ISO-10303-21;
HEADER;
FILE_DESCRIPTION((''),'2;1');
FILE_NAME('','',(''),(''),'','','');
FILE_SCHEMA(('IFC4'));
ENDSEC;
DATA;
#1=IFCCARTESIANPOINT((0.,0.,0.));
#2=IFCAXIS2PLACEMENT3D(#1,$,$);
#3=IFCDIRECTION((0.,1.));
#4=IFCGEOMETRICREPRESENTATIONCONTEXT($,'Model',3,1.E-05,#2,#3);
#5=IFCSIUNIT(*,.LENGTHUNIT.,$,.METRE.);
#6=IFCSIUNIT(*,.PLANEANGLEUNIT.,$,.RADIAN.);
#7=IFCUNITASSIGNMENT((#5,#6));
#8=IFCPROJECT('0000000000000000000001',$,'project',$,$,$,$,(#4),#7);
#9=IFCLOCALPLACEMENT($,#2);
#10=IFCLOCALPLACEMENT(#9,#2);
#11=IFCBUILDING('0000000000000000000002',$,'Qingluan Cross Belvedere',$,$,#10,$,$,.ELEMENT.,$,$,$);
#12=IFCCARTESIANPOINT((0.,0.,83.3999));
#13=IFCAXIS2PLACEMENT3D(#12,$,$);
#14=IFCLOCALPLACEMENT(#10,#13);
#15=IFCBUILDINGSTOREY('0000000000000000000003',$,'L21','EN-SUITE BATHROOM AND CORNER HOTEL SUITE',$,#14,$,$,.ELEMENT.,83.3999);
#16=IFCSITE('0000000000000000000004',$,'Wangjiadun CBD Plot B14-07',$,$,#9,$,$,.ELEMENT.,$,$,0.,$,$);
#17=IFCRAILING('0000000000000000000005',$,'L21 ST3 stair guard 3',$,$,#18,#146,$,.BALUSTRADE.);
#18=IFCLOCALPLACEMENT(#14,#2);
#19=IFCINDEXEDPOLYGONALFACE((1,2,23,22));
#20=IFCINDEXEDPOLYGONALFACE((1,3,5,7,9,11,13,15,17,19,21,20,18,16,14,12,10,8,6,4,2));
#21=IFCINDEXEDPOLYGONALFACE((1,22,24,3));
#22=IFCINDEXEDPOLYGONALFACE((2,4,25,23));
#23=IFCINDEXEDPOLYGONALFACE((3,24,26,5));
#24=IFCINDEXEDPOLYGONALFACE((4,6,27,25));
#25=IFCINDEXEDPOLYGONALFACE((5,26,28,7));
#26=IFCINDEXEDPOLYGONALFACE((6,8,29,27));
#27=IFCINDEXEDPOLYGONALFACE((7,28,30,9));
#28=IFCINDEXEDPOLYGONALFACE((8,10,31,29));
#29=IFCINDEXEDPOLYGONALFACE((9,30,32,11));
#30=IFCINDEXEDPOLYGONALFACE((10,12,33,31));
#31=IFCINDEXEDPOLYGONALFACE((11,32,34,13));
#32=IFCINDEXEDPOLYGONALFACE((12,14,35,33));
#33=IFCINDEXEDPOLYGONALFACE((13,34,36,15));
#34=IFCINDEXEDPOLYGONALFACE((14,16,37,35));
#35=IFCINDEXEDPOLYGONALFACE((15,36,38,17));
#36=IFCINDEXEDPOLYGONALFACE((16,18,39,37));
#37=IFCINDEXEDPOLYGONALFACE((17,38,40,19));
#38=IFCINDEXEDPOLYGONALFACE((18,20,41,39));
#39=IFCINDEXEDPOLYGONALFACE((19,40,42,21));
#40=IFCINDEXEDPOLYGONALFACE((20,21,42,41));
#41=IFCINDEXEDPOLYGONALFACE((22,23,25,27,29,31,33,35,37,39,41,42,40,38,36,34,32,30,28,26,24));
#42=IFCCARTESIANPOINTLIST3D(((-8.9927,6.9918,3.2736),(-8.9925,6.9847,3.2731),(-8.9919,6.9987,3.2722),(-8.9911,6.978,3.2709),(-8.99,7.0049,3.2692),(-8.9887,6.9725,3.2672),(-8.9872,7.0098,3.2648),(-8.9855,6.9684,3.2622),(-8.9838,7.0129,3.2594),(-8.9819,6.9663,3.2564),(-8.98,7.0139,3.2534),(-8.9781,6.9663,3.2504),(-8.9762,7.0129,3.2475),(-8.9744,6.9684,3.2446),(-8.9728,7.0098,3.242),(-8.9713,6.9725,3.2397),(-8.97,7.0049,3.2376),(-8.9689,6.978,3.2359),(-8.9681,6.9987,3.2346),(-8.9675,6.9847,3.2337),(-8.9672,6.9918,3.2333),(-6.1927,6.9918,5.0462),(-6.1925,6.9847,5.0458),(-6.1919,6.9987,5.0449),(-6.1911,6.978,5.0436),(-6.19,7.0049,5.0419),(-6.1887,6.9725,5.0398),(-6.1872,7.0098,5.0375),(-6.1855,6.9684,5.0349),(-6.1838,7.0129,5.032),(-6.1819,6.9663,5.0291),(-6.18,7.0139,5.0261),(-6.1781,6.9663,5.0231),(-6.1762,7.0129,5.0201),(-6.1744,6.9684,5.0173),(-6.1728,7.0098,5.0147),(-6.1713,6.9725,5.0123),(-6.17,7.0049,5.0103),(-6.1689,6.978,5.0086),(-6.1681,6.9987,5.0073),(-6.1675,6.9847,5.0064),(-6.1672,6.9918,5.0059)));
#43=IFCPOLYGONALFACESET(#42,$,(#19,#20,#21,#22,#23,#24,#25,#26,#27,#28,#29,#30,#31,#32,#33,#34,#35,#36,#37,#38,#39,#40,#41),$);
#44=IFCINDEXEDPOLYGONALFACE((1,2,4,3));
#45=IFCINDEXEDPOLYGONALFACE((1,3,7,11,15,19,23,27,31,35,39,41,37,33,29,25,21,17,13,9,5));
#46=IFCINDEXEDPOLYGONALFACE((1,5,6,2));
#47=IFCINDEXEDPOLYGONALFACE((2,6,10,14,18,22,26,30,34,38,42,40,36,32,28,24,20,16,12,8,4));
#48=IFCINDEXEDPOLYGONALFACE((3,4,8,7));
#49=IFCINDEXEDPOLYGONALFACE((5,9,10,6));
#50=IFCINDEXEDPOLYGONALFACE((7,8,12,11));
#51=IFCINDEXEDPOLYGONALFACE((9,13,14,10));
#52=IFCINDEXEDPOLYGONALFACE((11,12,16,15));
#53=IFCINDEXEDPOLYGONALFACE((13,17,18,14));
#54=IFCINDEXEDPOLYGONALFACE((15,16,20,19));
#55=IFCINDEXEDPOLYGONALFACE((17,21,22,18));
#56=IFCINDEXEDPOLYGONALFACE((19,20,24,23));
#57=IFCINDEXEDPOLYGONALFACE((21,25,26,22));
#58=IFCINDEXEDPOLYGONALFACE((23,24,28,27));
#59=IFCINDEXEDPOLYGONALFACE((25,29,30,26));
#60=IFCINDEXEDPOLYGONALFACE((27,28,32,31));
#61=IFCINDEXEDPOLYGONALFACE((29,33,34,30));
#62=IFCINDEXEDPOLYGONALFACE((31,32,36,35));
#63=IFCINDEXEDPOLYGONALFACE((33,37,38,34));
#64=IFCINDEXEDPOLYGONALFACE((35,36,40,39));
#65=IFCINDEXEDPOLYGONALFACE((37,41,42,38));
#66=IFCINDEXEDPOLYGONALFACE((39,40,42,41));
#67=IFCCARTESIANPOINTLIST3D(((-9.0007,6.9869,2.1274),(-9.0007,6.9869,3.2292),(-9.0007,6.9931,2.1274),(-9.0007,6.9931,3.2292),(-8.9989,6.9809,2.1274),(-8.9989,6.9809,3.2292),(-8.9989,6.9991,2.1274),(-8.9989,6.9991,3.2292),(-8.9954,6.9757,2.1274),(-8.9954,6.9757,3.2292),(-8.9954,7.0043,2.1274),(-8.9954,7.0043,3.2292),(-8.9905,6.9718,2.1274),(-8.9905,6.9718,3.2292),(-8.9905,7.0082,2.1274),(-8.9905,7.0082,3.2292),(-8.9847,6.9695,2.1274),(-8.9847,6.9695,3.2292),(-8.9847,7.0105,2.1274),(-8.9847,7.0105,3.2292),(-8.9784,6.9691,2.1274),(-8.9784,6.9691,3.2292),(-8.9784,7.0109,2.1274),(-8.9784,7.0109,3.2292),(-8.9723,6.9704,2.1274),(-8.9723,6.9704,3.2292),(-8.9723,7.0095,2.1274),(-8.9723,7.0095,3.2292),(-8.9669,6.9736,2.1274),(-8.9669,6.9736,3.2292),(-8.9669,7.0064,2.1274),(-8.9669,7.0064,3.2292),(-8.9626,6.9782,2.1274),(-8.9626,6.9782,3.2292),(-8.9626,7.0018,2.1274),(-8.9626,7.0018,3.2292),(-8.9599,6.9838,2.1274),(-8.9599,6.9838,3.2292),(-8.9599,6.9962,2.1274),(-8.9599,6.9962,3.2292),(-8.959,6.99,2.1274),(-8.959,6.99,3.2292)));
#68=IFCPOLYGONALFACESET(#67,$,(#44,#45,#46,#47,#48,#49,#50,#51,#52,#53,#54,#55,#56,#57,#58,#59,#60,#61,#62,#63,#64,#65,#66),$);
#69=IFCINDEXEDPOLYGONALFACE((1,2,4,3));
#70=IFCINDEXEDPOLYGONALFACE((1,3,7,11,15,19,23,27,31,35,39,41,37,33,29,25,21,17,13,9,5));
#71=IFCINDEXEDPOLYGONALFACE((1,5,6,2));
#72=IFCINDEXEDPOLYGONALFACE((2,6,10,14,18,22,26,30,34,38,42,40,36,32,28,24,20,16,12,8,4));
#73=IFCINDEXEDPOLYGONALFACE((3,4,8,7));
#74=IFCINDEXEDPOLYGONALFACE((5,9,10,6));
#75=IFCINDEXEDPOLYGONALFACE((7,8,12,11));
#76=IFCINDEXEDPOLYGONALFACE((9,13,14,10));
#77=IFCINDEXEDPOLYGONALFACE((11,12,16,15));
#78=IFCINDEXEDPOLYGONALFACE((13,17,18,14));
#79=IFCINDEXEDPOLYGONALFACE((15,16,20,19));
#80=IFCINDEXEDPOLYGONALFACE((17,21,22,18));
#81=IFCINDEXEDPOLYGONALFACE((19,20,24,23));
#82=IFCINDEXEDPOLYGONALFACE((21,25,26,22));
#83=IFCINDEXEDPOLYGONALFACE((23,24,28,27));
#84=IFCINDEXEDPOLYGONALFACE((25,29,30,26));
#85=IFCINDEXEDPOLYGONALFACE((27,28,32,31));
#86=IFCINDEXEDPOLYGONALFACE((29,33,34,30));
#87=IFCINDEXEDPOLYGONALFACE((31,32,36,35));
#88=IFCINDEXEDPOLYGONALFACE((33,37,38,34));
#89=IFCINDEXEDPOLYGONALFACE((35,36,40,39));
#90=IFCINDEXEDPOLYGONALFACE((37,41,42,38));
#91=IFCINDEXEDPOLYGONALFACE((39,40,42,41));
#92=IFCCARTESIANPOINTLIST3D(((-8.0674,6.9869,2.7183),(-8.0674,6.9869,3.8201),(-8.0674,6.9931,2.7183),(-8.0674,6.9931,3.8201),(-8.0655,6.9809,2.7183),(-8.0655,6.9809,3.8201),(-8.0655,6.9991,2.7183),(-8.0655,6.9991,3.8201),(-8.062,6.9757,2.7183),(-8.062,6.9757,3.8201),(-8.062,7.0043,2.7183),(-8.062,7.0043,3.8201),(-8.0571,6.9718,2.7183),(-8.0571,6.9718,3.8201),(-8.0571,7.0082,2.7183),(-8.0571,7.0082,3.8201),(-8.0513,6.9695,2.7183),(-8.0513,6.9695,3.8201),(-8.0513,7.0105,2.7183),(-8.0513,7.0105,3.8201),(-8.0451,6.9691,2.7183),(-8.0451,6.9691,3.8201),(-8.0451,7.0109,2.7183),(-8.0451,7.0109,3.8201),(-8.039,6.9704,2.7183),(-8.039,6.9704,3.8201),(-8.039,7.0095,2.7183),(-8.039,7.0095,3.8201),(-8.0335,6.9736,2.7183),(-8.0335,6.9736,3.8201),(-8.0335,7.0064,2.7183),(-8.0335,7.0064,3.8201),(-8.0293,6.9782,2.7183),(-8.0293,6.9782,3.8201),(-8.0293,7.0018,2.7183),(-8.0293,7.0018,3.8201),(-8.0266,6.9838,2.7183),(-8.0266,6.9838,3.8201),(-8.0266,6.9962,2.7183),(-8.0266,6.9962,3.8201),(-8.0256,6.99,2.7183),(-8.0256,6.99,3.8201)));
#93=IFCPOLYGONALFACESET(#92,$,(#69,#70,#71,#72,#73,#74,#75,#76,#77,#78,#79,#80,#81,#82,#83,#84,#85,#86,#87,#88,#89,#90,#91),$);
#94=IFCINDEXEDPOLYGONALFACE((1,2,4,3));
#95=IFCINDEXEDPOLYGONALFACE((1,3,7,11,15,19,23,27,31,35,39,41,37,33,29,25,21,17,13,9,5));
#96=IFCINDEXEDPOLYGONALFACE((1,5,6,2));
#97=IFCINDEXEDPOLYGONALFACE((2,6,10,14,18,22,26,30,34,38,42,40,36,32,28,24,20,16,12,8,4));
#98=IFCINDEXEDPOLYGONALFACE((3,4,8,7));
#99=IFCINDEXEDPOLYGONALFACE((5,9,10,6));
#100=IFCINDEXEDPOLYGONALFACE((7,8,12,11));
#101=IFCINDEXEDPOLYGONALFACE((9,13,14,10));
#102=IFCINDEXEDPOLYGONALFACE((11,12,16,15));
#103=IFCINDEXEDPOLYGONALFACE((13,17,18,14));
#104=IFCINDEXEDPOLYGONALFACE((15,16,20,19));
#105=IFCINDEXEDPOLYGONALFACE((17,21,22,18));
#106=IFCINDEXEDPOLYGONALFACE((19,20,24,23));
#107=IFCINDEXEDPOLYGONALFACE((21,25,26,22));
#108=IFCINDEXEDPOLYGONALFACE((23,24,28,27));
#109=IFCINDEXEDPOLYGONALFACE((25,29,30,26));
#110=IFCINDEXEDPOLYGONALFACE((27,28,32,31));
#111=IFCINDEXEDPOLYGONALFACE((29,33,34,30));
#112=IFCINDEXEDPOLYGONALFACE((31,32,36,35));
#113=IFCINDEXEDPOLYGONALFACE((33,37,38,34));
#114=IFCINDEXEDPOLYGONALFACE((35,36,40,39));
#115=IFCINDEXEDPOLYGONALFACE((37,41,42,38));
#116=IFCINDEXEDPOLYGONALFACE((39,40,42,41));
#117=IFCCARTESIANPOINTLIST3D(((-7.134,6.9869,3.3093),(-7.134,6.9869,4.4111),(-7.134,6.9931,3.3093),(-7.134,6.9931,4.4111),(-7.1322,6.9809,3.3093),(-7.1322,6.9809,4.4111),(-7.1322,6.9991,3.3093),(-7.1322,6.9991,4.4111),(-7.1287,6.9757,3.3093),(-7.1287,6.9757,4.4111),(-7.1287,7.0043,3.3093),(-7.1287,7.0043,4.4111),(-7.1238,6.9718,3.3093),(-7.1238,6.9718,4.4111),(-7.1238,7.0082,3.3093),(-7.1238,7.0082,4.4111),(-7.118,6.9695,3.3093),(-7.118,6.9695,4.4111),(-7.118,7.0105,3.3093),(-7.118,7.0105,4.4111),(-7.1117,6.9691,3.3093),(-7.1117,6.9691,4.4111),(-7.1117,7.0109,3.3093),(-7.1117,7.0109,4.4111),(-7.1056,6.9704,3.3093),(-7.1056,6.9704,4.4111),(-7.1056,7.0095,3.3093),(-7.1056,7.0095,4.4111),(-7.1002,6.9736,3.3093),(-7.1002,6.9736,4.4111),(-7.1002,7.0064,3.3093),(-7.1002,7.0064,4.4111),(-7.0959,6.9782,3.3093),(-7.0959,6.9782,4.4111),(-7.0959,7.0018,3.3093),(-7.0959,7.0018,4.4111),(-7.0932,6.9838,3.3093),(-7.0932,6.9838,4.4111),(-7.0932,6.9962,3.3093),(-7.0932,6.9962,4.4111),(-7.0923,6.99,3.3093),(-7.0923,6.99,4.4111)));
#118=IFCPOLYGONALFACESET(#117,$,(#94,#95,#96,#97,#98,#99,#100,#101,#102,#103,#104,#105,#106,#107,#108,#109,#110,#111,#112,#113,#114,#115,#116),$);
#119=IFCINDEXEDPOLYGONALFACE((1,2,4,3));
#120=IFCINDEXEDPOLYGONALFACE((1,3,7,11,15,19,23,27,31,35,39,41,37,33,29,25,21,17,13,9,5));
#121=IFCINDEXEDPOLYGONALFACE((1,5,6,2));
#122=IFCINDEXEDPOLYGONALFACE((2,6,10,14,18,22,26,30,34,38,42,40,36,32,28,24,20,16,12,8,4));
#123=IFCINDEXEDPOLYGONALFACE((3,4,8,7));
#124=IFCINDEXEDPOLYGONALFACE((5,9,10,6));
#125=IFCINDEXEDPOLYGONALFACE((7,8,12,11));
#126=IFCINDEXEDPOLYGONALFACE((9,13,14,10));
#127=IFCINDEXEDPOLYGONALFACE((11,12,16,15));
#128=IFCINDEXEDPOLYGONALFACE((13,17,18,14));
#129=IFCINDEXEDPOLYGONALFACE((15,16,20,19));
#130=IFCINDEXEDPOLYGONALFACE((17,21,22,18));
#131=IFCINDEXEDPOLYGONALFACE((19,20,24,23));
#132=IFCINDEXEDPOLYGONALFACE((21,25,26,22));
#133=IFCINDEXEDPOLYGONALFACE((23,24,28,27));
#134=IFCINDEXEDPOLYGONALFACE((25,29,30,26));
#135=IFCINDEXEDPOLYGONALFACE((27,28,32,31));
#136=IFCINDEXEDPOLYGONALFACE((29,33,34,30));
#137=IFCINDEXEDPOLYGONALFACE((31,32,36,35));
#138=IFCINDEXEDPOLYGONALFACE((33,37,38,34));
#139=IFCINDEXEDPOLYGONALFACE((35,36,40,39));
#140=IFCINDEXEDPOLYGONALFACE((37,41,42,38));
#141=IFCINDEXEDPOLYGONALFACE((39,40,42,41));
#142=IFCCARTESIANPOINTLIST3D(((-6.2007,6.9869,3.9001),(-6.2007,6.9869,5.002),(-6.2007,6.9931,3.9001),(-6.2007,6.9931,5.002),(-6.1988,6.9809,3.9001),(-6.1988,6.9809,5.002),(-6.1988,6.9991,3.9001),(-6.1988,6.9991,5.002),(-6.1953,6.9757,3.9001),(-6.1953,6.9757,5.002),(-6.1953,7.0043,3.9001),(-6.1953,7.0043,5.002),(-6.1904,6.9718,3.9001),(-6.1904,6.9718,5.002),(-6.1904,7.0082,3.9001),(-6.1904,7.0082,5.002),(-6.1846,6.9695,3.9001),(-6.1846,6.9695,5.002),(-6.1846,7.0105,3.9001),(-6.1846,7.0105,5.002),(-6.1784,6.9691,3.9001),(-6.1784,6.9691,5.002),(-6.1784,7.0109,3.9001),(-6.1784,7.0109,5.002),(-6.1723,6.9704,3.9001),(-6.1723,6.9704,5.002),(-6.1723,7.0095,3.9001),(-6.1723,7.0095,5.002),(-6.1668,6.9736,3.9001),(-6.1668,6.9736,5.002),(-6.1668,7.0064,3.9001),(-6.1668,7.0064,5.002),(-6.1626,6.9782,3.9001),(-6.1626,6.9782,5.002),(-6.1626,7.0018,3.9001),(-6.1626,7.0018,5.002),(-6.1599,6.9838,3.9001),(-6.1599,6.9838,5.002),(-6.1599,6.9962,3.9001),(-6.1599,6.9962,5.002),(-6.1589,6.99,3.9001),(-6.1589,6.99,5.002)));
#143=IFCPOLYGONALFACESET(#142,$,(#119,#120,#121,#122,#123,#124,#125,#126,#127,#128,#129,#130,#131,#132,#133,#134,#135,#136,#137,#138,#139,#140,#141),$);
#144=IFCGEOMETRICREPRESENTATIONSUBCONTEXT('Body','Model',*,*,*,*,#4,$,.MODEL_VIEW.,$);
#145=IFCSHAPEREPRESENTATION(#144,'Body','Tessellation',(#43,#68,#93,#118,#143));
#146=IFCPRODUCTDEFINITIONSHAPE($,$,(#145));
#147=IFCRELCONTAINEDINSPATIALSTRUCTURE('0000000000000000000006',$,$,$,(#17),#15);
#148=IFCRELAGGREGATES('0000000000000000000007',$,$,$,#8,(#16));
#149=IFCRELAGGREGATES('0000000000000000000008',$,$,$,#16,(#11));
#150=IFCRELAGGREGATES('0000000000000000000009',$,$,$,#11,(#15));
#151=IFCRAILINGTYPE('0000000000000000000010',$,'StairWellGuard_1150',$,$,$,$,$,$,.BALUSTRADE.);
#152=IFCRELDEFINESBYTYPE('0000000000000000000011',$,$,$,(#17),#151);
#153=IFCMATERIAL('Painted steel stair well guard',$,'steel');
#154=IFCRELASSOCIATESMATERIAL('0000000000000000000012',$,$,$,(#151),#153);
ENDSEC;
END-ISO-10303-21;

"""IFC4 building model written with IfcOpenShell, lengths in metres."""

from ifc_helpers import new_model, si_unit, direction, frame, origin, origin_2d, place, context, subcontext, project, spatial, circle, extrude, material, type_object, element, save


model = new_model("IFC4")

# Units and contexts
model_context = context("Model", 3, precision=1e-05, world=origin(), true_north=direction((0.0, 1.0)))
body_context = subcontext(model_context, "Body", "Model", "MODEL_VIEW")
ifc_project = project(units=[si_unit("LENGTHUNIT", "METRE"), si_unit("PLANEANGLEUNIT", "RADIAN")], contexts=[model_context])

# Site, building, storey
site_placement = place(None, origin())
site = spatial("IfcSite", under=ifc_project, at=site_placement, Name="Wangjiadun CBD Plot B14-07", CompositionType="ELEMENT", RefElevation=0.0)
building_placement = place(site_placement, origin())
building = spatial("IfcBuilding", under=site, at=building_placement, Name="Qingluan Cross Belvedere", CompositionType="ELEMENT")
storey_placement = place(building_placement, frame((0.0, 0.0, 83.3999)))
storey = spatial("IfcBuildingStorey", under=building, at=storey_placement, Name="L21", Description="EN-SUITE BATHROOM AND CORNER HOTEL SUITE", CompositionType="ELEMENT", Elevation=83.3999)

# Railing
ifc_material_1 = material(Name="Painted steel stair well guard", Category="steel")
railing_type_1 = type_object("IfcRailingType", Name="StairWellGuard_1150", PredefinedType="BALUSTRADE", material=ifc_material_1)
railing_1_placement = place(storey_placement, frame((-8.98, 6.99, 2.1274)))
element("IfcRailing", 1, at=railing_1_placement, inside=storey, type_object=railing_type_1, Name="L21 ST3 stair guard 3", PredefinedType="BALUSTRADE", context=body_context, shape_type="SweptSolid", body=[
    extrude(circle(Radius=0.0239, at=origin_2d()), frame((0.0, 0.0, 1.126), z_axis=(0.844909, 0.0, 0.53491), x_axis=(0.0, 1.0, 0.0)), (0.0, 0.0, 1.0), 3.314),
    extrude(circle(Radius=0.021, at=origin_2d()), origin(), (0.0, 0.0, 1.0), 1.1018),
    extrude(circle(Radius=0.021, at=origin_2d()), frame((0.9333, 0.0, 0.5908)), (0.0, 0.0, 1.0), 1.1018),
    extrude(circle(Radius=0.021, at=origin_2d()), frame((1.8667, 0.0, 1.1819)), (0.0, 0.0, 1.0), 1.1018),
    extrude(circle(Radius=0.021, at=origin_2d()), frame((2.8, 0.0, 1.7727)), (0.0, 0.0, 1.0), 1.1018),
])

save(model, "model.ifc")
